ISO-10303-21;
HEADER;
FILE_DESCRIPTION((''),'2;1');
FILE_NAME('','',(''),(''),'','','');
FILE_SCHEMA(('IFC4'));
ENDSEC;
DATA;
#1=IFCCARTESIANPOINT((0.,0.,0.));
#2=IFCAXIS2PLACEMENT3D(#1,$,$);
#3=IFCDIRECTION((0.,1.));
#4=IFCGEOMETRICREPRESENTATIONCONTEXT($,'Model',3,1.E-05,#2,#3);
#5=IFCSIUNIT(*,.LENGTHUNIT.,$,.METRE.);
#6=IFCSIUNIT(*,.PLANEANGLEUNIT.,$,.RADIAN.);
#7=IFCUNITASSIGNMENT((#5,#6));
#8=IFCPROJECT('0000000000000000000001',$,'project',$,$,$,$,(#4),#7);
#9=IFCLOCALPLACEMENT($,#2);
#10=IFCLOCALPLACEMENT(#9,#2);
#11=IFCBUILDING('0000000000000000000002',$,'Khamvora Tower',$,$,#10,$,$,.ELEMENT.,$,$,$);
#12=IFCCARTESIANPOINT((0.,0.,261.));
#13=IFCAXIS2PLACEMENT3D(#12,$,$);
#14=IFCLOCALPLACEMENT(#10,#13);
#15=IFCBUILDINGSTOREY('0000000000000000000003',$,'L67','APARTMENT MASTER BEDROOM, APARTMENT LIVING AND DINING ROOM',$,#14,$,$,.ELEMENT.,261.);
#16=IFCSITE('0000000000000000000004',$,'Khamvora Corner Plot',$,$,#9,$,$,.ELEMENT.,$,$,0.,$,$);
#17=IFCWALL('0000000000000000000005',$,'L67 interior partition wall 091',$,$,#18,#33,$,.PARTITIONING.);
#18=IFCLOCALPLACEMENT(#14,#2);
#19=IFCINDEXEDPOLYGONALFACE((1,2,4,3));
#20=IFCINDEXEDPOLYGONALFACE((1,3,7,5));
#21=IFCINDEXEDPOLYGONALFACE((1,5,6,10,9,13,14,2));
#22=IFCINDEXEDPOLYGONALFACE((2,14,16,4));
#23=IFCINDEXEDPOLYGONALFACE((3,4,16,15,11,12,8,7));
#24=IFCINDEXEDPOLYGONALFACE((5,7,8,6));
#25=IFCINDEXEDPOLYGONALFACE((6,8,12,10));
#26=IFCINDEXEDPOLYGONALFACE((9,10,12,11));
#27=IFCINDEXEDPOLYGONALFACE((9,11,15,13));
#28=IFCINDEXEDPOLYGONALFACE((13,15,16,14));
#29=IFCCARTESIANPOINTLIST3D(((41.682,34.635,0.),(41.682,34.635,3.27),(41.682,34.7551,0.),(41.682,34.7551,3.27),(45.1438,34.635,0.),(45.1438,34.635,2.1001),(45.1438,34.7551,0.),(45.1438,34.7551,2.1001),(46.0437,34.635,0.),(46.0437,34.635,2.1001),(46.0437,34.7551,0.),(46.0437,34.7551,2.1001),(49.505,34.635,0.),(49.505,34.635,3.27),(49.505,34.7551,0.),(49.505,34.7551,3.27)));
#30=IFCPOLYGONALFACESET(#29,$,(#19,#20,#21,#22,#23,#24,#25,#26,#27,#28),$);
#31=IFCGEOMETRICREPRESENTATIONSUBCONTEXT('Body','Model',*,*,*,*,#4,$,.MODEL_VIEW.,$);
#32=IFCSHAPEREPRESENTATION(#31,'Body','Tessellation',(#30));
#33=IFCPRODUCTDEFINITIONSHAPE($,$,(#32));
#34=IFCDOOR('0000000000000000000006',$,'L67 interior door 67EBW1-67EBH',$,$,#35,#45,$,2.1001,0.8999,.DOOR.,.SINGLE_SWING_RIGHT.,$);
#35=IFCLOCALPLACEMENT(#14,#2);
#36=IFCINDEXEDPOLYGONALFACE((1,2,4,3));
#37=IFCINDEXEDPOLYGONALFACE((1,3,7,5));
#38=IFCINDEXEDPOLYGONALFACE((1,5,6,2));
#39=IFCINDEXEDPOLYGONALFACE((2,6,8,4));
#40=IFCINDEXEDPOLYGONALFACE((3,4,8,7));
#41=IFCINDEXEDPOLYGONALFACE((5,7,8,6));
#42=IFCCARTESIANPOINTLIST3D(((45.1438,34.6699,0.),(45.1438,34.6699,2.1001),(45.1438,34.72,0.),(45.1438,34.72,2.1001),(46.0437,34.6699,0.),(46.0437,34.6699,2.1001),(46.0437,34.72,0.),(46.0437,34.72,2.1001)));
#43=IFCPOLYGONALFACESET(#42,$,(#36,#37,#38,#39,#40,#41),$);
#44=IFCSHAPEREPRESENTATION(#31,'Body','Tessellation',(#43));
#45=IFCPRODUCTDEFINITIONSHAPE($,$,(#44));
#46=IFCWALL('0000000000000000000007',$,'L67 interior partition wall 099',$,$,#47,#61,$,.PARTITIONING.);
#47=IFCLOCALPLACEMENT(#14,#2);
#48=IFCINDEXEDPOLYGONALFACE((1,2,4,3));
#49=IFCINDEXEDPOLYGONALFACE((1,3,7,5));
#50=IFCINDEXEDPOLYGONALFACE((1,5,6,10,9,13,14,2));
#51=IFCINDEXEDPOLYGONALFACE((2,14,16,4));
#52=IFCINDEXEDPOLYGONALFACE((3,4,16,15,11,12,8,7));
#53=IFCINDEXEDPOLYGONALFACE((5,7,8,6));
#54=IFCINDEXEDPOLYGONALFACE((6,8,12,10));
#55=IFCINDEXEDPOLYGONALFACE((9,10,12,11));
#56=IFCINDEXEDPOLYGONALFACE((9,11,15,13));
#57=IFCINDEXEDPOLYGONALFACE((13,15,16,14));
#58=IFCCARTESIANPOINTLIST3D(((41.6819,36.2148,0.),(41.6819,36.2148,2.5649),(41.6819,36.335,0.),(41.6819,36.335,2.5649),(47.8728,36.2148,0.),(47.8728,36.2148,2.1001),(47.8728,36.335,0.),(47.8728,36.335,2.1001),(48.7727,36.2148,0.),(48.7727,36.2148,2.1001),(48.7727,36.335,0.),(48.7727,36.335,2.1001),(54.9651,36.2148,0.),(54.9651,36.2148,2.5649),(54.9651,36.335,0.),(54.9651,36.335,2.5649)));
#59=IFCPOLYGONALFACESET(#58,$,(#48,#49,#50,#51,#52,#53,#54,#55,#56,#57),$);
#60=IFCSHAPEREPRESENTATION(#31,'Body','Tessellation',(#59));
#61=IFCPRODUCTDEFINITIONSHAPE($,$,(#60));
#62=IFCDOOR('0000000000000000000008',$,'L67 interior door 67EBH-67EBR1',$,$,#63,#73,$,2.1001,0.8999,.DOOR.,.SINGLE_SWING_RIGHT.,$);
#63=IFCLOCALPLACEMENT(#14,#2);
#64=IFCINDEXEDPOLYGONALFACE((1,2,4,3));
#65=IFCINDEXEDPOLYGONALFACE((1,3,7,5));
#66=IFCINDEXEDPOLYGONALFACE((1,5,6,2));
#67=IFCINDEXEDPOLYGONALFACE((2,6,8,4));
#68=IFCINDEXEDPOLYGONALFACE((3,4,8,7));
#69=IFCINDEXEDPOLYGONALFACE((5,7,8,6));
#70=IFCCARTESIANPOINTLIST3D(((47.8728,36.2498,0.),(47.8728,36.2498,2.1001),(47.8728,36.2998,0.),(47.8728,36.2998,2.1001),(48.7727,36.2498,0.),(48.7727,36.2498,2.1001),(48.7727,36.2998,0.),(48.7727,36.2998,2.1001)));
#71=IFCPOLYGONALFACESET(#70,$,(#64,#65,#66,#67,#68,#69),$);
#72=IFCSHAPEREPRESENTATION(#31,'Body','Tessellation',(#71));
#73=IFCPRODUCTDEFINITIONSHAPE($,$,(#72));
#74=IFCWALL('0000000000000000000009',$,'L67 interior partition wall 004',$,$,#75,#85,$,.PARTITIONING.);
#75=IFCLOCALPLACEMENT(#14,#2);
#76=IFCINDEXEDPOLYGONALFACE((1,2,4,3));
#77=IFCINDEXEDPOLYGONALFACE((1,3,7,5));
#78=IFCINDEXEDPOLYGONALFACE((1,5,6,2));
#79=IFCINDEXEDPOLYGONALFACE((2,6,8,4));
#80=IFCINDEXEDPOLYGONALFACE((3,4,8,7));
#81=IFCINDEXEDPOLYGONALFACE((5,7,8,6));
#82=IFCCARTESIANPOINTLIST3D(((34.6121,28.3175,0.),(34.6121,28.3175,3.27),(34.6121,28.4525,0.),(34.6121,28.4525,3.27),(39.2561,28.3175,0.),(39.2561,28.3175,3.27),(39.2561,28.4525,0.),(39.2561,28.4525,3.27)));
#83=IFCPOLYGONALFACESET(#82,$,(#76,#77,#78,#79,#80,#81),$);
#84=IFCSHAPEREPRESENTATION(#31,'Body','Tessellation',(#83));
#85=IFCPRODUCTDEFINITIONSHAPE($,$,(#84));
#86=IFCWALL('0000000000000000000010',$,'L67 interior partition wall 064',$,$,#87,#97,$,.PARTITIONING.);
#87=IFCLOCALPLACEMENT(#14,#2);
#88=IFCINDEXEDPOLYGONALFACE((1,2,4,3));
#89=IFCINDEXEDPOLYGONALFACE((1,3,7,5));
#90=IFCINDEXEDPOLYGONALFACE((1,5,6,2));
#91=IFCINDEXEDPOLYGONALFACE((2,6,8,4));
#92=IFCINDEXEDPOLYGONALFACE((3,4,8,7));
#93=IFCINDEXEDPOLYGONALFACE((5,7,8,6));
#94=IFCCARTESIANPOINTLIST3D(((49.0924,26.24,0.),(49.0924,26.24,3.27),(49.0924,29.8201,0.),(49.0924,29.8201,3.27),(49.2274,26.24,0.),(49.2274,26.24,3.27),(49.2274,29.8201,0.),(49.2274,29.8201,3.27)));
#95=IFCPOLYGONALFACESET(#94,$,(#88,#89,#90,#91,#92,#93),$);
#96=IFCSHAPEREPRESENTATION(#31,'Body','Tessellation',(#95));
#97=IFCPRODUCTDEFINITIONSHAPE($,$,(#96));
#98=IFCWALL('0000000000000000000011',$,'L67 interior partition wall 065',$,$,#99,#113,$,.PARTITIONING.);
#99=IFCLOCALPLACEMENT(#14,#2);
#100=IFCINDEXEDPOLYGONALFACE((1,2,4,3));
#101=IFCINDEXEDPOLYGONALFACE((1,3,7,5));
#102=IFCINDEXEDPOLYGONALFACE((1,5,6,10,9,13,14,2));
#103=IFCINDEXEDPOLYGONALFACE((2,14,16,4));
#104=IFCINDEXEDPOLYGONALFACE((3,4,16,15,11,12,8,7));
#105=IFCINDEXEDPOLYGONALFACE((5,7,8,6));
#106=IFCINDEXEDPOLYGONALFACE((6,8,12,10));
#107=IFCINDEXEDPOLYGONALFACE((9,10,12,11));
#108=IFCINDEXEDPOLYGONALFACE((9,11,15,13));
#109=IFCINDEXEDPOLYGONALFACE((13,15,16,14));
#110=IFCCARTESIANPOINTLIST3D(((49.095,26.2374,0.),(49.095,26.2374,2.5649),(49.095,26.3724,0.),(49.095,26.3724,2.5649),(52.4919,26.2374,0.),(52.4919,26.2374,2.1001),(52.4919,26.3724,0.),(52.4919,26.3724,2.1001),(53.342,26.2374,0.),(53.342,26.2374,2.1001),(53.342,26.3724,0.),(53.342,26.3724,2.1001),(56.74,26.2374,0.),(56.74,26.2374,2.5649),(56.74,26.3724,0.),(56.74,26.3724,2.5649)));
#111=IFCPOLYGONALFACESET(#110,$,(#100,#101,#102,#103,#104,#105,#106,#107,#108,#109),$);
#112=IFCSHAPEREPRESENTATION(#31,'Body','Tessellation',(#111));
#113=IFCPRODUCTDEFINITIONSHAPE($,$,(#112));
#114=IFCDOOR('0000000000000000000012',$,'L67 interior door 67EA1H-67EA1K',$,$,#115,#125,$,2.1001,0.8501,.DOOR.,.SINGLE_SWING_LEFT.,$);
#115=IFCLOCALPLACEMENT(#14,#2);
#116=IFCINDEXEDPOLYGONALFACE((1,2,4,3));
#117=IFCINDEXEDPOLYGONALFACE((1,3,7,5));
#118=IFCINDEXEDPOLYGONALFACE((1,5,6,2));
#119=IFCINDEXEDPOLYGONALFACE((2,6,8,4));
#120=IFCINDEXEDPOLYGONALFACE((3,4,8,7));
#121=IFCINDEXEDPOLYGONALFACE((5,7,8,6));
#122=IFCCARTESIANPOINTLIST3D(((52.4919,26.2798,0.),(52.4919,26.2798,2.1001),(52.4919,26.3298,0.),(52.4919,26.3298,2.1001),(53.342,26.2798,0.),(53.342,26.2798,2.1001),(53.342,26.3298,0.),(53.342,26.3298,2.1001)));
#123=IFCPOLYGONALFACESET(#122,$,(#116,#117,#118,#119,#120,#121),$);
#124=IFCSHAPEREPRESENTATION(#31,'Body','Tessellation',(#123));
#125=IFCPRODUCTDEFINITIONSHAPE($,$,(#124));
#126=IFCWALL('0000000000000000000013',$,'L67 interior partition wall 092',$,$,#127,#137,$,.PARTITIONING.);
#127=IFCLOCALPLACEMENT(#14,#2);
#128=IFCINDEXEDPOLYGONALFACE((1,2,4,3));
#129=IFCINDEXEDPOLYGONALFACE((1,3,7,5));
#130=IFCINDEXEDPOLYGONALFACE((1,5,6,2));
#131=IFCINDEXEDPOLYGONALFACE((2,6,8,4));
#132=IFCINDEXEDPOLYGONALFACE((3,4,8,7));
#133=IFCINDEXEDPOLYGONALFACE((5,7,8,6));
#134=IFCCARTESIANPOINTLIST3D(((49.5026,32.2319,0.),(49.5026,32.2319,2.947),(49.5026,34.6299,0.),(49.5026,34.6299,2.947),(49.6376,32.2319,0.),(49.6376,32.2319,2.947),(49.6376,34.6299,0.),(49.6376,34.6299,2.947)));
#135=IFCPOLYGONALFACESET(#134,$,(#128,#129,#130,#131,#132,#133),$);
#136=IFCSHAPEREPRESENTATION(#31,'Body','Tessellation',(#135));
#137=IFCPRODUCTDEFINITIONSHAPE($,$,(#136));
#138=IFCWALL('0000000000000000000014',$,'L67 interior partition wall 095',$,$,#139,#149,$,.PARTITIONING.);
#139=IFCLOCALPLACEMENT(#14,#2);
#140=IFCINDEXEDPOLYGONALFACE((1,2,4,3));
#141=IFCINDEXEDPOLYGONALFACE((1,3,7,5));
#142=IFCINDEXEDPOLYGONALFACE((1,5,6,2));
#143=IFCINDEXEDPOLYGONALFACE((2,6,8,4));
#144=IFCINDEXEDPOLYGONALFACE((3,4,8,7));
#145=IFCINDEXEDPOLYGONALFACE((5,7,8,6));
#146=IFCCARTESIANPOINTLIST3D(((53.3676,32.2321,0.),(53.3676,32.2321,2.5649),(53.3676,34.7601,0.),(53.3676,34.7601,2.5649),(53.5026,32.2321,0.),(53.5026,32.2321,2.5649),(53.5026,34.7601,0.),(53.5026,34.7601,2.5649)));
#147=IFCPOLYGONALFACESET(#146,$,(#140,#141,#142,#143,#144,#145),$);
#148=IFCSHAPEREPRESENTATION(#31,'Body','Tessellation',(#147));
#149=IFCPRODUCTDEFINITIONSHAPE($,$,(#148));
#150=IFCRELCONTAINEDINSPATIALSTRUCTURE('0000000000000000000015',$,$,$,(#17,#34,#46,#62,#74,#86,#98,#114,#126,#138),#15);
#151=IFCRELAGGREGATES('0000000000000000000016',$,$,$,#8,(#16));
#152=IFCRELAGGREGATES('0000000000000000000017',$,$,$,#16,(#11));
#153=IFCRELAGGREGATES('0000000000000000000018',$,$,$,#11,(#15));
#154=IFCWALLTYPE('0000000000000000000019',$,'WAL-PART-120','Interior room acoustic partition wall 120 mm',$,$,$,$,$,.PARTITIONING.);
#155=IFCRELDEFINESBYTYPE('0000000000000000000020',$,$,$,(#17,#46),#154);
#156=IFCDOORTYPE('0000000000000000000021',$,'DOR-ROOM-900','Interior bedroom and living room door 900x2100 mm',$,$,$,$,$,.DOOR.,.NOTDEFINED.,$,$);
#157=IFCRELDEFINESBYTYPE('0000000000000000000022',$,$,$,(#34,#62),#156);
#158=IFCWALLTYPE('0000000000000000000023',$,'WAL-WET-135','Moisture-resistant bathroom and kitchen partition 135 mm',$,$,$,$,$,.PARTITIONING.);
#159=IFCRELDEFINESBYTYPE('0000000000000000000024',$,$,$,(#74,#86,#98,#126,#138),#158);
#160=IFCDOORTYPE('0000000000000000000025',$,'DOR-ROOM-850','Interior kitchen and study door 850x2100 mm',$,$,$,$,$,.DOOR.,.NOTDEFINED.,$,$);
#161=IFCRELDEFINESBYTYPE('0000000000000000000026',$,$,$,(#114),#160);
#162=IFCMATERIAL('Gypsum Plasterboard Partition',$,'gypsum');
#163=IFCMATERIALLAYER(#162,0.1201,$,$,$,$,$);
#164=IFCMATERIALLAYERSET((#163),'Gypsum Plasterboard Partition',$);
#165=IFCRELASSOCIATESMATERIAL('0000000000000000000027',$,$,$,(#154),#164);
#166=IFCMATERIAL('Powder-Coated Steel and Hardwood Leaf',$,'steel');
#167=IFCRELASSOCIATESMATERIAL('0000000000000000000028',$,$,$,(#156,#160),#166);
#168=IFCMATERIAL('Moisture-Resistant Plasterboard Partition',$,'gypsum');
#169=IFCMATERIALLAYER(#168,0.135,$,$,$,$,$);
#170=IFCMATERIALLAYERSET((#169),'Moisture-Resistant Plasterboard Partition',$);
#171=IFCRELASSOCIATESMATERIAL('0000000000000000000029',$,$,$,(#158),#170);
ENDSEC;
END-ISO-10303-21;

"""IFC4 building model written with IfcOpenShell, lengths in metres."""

from ifc_helpers import new_model, si_unit, direction, frame, frame_2d, origin, place, context, subcontext, project, spatial, rectangle, extrude, material, layer, layer_set, type_object, element, fill, save


model = new_model("IFC4")

# Units and contexts
model_context = context("Model", 3, precision=1e-05, world=origin(), true_north=direction((0.0, 1.0)))
body_context = subcontext(model_context, "Body", "Model", "MODEL_VIEW")
ifc_project = project(units=[si_unit("LENGTHUNIT", "METRE"), si_unit("PLANEANGLEUNIT", "RADIAN")], contexts=[model_context])

# Site, building, storey
site_placement = place(None, origin())
site = spatial("IfcSite", under=ifc_project, at=site_placement, Name="Khamvora Corner Plot", CompositionType="ELEMENT", RefElevation=0.0)
building_placement = place(site_placement, origin())
building = spatial("IfcBuilding", under=site, at=building_placement, Name="Khamvora Tower", CompositionType="ELEMENT")
storey_placement = place(building_placement, frame((0.0, 0.0, 261.0)))
storey = spatial("IfcBuildingStorey", under=building, at=storey_placement, Name="L67", Description="APARTMENT MASTER BEDROOM, APARTMENT LIVING AND DINING ROOM", CompositionType="ELEMENT", Elevation=261.0)

# Shared definitions
ifc_material_1 = material(Name="Powder-Coated Steel and Hardwood Leaf", Category="steel")

# Walls, openings, doors
ifc_material_2 = material(Name="Gypsum Plasterboard Partition", Category="gypsum")
ifc_layer_1 = layer(ifc_material_2, 0.1201)
ifc_layer_set_1 = layer_set([ifc_layer_1], Name="Gypsum Plasterboard Partition")
wall_type_1 = type_object("IfcWallType", Name="WAL-PART-120", Description="Interior room acoustic partition wall 120 mm", PredefinedType="PARTITIONING", material=ifc_layer_set_1)
wall_1_placement = place(storey_placement, frame((41.6819, 34.6951, 0.0), z_axis=(0.0, 0.0, 1.0), x_axis=(1.0, 0.0, 0.0)))
wall_1 = element("IfcWall", 1, at=wall_1_placement, inside=storey, type_object=wall_type_1, Name="L67 interior partition wall 091", PredefinedType="PARTITIONING", context=body_context, shape_type="SweptSolid", body=[
    extrude(rectangle(XDim=7.823, YDim=0.1201, at=frame_2d((3.9116, 0.0))), origin(), (0.0, 0.0, 1.0), 3.27),
])
opening_1_placement = place(wall_1_placement, frame((3.4619, 0.0, 0.0)))
opening_1 = element("IfcOpeningElement", 2, at=opening_1_placement, cuts=wall_1, PredefinedType="OPENING", context=body_context, shape_type="SweptSolid", body=[
    extrude(rectangle(XDim=0.8999, YDim=2.1001, at=frame_2d((0.45, 1.05))), frame((0.0, 0.0701, 0.0), z_axis=(0.0, -1.0, 0.0), x_axis=(1.0, 0.0, 0.0)), (0.0, 0.0, 1.0), 0.1401),
])
door_type_1 = type_object("IfcDoorType", Name="DOR-ROOM-900", Description="Interior bedroom and living room door 900x2100 mm", OperationType="NOTDEFINED", PredefinedType="DOOR", material=ifc_material_1)
door_1_placement = place(opening_1_placement, origin())
door_1 = element("IfcDoor", 3, at=door_1_placement, inside=storey, type_object=door_type_1, Name="L67 interior door 67EBW1-67EBH", OperationType="SINGLE_SWING_RIGHT", OverallHeight=2.1001, OverallWidth=0.8999, PredefinedType="DOOR", context=body_context, shape_type="SweptSolid", body=[
    extrude(rectangle(XDim=0.8999, YDim=2.1001, at=frame_2d((0.45, 1.05))), frame((0.0, 0.0249, 0.0), z_axis=(0.0, -1.0, 0.0), x_axis=(1.0, 0.0, 0.0)), (0.0, 0.0, 1.0), 0.05),
])
fill(opening_1, door_1)
wall_2_placement = place(storey_placement, frame((41.6819, 36.2749, 0.0), z_axis=(0.0, 0.0, 1.0), x_axis=(1.0, 0.0, 0.0)))
wall_2 = element("IfcWall", 4, at=wall_2_placement, inside=storey, type_object=wall_type_1, Name="L67 interior partition wall 099", PredefinedType="PARTITIONING", context=body_context, shape_type="SweptSolid", body=[
    extrude(rectangle(XDim=13.2832, YDim=0.1201, at=frame_2d((6.6416, 0.0))), origin(), (0.0, 0.0, 1.0), 2.5649),
])
opening_2_placement = place(wall_2_placement, frame((6.1909, 0.0, 0.0)))
opening_2 = element("IfcOpeningElement", 5, at=opening_2_placement, cuts=wall_2, PredefinedType="OPENING", context=body_context, shape_type="SweptSolid", body=[
    extrude(rectangle(XDim=0.8999, YDim=2.1001, at=frame_2d((0.45, 1.05))), frame((0.0, 0.0701, 0.0), z_axis=(0.0, -1.0, 0.0), x_axis=(1.0, 0.0, 0.0)), (0.0, 0.0, 1.0), 0.1401),
])
door_2_placement = place(opening_2_placement, origin())
door_2 = element("IfcDoor", 6, at=door_2_placement, inside=storey, type_object=door_type_1, Name="L67 interior door 67EBH-67EBR1", OperationType="SINGLE_SWING_RIGHT", OverallHeight=2.1001, OverallWidth=0.8999, PredefinedType="DOOR", context=body_context, shape_type="SweptSolid", body=[
    extrude(rectangle(XDim=0.8999, YDim=2.1001, at=frame_2d((0.45, 1.05))), frame((0.0, 0.0249, 0.0), z_axis=(0.0, -1.0, 0.0), x_axis=(1.0, 0.0, 0.0)), (0.0, 0.0, 1.0), 0.05),
])
fill(opening_2, door_2)

# Walls
ifc_material_3 = material(Name="Moisture-Resistant Plasterboard Partition", Category="gypsum")
ifc_layer_2 = layer(ifc_material_3, 0.135)
ifc_layer_set_2 = layer_set([ifc_layer_2], Name="Moisture-Resistant Plasterboard Partition")
wall_type_2 = type_object("IfcWallType", Name="WAL-WET-135", Description="Moisture-resistant bathroom and kitchen partition 135 mm", PredefinedType="PARTITIONING", material=ifc_layer_set_2)
wall_3_placement = place(storey_placement, frame((39.2561, 28.385, 0.0), z_axis=(0.0, 0.0, 1.0), x_axis=(-1.0, 0.0, 0.0)))
element("IfcWall", 7, at=wall_3_placement, inside=storey, type_object=wall_type_2, Name="L67 interior partition wall 004", PredefinedType="PARTITIONING", context=body_context, shape_type="SweptSolid", body=[
    extrude(rectangle(XDim=4.644, YDim=0.135, at=frame_2d((2.322, 0.0))), origin(), (0.0, 0.0, 1.0), 3.27),
])
wall_4_placement = place(storey_placement, frame((49.1599, 29.8201, 0.0), z_axis=(0.0, 0.0, 1.0), x_axis=(0.0, -1.0, 0.0)))
element("IfcWall", 8, at=wall_4_placement, inside=storey, type_object=wall_type_2, Name="L67 interior partition wall 064", PredefinedType="PARTITIONING", context=body_context, shape_type="SweptSolid", body=[
    extrude(rectangle(XDim=3.5801, YDim=0.135, at=frame_2d((1.79, 0.0))), origin(), (0.0, 0.0, 1.0), 3.27),
])

# Wall, opening, door
wall_5_placement = place(storey_placement, frame((49.095, 26.3049, 0.0), z_axis=(0.0, 0.0, 1.0), x_axis=(1.0, 0.0, 0.0)))
wall_5 = element("IfcWall", 9, at=wall_5_placement, inside=storey, type_object=wall_type_2, Name="L67 interior partition wall 065", PredefinedType="PARTITIONING", context=body_context, shape_type="SweptSolid", body=[
    extrude(rectangle(XDim=7.645, YDim=0.135, at=frame_2d((3.8225, 0.0))), origin(), (0.0, 0.0, 1.0), 2.5649),
])
opening_3_placement = place(wall_5_placement, frame((3.397, 0.0, 0.0)))
opening_3 = element("IfcOpeningElement", 10, at=opening_3_placement, cuts=wall_5, PredefinedType="OPENING", context=body_context, shape_type="SweptSolid", body=[
    extrude(rectangle(XDim=0.8501, YDim=2.1001, at=frame_2d((0.425, 1.05))), frame((0.0, 0.0774, 0.0), z_axis=(0.0, -1.0, 0.0), x_axis=(1.0, 0.0, 0.0)), (0.0, 0.0, 1.0), 0.155),
])
door_type_2 = type_object("IfcDoorType", Name="DOR-ROOM-850", Description="Interior kitchen and study door 850x2100 mm", OperationType="NOTDEFINED", PredefinedType="DOOR", material=ifc_material_1)
door_3_placement = place(opening_3_placement, origin())
door_3 = element("IfcDoor", 11, at=door_3_placement, inside=storey, type_object=door_type_2, Name="L67 interior door 67EA1H-67EA1K", OperationType="SINGLE_SWING_LEFT", OverallHeight=2.1001, OverallWidth=0.8501, PredefinedType="DOOR", context=body_context, shape_type="SweptSolid", body=[
    extrude(rectangle(XDim=0.8501, YDim=2.1001, at=frame_2d((0.425, 1.05))), frame((0.0, 0.0249, 0.0), z_axis=(0.0, -1.0, 0.0), x_axis=(1.0, 0.0, 0.0)), (0.0, 0.0, 1.0), 0.05),
])
fill(opening_3, door_3)

# Walls
wall_6_placement = place(storey_placement, frame((49.5701, 34.6299, 0.0), z_axis=(0.0, 0.0, 1.0), x_axis=(0.0, -1.0, 0.0)))
element("IfcWall", 12, at=wall_6_placement, inside=storey, type_object=wall_type_2, Name="L67 interior partition wall 092", PredefinedType="PARTITIONING", context=body_context, shape_type="SweptSolid", body=[
    extrude(rectangle(XDim=2.3979, YDim=0.135, at=frame_2d((1.199, 0.0))), origin(), (0.0, 0.0, 1.0), 2.947),
])
wall_7_placement = place(storey_placement, frame((53.4351, 32.2319, 0.0), z_axis=(0.0, 0.0, 1.0), x_axis=(0.0, 1.0, 0.0)))
element("IfcWall", 13, at=wall_7_placement, inside=storey, type_object=wall_type_2, Name="L67 interior partition wall 095", PredefinedType="PARTITIONING", context=body_context, shape_type="SweptSolid", body=[
    extrude(rectangle(XDim=2.5281, YDim=0.135, at=frame_2d((1.2642, 0.0))), origin(), (0.0, 0.0, 1.0), 2.5649),
])

save(model, "model.ifc")
